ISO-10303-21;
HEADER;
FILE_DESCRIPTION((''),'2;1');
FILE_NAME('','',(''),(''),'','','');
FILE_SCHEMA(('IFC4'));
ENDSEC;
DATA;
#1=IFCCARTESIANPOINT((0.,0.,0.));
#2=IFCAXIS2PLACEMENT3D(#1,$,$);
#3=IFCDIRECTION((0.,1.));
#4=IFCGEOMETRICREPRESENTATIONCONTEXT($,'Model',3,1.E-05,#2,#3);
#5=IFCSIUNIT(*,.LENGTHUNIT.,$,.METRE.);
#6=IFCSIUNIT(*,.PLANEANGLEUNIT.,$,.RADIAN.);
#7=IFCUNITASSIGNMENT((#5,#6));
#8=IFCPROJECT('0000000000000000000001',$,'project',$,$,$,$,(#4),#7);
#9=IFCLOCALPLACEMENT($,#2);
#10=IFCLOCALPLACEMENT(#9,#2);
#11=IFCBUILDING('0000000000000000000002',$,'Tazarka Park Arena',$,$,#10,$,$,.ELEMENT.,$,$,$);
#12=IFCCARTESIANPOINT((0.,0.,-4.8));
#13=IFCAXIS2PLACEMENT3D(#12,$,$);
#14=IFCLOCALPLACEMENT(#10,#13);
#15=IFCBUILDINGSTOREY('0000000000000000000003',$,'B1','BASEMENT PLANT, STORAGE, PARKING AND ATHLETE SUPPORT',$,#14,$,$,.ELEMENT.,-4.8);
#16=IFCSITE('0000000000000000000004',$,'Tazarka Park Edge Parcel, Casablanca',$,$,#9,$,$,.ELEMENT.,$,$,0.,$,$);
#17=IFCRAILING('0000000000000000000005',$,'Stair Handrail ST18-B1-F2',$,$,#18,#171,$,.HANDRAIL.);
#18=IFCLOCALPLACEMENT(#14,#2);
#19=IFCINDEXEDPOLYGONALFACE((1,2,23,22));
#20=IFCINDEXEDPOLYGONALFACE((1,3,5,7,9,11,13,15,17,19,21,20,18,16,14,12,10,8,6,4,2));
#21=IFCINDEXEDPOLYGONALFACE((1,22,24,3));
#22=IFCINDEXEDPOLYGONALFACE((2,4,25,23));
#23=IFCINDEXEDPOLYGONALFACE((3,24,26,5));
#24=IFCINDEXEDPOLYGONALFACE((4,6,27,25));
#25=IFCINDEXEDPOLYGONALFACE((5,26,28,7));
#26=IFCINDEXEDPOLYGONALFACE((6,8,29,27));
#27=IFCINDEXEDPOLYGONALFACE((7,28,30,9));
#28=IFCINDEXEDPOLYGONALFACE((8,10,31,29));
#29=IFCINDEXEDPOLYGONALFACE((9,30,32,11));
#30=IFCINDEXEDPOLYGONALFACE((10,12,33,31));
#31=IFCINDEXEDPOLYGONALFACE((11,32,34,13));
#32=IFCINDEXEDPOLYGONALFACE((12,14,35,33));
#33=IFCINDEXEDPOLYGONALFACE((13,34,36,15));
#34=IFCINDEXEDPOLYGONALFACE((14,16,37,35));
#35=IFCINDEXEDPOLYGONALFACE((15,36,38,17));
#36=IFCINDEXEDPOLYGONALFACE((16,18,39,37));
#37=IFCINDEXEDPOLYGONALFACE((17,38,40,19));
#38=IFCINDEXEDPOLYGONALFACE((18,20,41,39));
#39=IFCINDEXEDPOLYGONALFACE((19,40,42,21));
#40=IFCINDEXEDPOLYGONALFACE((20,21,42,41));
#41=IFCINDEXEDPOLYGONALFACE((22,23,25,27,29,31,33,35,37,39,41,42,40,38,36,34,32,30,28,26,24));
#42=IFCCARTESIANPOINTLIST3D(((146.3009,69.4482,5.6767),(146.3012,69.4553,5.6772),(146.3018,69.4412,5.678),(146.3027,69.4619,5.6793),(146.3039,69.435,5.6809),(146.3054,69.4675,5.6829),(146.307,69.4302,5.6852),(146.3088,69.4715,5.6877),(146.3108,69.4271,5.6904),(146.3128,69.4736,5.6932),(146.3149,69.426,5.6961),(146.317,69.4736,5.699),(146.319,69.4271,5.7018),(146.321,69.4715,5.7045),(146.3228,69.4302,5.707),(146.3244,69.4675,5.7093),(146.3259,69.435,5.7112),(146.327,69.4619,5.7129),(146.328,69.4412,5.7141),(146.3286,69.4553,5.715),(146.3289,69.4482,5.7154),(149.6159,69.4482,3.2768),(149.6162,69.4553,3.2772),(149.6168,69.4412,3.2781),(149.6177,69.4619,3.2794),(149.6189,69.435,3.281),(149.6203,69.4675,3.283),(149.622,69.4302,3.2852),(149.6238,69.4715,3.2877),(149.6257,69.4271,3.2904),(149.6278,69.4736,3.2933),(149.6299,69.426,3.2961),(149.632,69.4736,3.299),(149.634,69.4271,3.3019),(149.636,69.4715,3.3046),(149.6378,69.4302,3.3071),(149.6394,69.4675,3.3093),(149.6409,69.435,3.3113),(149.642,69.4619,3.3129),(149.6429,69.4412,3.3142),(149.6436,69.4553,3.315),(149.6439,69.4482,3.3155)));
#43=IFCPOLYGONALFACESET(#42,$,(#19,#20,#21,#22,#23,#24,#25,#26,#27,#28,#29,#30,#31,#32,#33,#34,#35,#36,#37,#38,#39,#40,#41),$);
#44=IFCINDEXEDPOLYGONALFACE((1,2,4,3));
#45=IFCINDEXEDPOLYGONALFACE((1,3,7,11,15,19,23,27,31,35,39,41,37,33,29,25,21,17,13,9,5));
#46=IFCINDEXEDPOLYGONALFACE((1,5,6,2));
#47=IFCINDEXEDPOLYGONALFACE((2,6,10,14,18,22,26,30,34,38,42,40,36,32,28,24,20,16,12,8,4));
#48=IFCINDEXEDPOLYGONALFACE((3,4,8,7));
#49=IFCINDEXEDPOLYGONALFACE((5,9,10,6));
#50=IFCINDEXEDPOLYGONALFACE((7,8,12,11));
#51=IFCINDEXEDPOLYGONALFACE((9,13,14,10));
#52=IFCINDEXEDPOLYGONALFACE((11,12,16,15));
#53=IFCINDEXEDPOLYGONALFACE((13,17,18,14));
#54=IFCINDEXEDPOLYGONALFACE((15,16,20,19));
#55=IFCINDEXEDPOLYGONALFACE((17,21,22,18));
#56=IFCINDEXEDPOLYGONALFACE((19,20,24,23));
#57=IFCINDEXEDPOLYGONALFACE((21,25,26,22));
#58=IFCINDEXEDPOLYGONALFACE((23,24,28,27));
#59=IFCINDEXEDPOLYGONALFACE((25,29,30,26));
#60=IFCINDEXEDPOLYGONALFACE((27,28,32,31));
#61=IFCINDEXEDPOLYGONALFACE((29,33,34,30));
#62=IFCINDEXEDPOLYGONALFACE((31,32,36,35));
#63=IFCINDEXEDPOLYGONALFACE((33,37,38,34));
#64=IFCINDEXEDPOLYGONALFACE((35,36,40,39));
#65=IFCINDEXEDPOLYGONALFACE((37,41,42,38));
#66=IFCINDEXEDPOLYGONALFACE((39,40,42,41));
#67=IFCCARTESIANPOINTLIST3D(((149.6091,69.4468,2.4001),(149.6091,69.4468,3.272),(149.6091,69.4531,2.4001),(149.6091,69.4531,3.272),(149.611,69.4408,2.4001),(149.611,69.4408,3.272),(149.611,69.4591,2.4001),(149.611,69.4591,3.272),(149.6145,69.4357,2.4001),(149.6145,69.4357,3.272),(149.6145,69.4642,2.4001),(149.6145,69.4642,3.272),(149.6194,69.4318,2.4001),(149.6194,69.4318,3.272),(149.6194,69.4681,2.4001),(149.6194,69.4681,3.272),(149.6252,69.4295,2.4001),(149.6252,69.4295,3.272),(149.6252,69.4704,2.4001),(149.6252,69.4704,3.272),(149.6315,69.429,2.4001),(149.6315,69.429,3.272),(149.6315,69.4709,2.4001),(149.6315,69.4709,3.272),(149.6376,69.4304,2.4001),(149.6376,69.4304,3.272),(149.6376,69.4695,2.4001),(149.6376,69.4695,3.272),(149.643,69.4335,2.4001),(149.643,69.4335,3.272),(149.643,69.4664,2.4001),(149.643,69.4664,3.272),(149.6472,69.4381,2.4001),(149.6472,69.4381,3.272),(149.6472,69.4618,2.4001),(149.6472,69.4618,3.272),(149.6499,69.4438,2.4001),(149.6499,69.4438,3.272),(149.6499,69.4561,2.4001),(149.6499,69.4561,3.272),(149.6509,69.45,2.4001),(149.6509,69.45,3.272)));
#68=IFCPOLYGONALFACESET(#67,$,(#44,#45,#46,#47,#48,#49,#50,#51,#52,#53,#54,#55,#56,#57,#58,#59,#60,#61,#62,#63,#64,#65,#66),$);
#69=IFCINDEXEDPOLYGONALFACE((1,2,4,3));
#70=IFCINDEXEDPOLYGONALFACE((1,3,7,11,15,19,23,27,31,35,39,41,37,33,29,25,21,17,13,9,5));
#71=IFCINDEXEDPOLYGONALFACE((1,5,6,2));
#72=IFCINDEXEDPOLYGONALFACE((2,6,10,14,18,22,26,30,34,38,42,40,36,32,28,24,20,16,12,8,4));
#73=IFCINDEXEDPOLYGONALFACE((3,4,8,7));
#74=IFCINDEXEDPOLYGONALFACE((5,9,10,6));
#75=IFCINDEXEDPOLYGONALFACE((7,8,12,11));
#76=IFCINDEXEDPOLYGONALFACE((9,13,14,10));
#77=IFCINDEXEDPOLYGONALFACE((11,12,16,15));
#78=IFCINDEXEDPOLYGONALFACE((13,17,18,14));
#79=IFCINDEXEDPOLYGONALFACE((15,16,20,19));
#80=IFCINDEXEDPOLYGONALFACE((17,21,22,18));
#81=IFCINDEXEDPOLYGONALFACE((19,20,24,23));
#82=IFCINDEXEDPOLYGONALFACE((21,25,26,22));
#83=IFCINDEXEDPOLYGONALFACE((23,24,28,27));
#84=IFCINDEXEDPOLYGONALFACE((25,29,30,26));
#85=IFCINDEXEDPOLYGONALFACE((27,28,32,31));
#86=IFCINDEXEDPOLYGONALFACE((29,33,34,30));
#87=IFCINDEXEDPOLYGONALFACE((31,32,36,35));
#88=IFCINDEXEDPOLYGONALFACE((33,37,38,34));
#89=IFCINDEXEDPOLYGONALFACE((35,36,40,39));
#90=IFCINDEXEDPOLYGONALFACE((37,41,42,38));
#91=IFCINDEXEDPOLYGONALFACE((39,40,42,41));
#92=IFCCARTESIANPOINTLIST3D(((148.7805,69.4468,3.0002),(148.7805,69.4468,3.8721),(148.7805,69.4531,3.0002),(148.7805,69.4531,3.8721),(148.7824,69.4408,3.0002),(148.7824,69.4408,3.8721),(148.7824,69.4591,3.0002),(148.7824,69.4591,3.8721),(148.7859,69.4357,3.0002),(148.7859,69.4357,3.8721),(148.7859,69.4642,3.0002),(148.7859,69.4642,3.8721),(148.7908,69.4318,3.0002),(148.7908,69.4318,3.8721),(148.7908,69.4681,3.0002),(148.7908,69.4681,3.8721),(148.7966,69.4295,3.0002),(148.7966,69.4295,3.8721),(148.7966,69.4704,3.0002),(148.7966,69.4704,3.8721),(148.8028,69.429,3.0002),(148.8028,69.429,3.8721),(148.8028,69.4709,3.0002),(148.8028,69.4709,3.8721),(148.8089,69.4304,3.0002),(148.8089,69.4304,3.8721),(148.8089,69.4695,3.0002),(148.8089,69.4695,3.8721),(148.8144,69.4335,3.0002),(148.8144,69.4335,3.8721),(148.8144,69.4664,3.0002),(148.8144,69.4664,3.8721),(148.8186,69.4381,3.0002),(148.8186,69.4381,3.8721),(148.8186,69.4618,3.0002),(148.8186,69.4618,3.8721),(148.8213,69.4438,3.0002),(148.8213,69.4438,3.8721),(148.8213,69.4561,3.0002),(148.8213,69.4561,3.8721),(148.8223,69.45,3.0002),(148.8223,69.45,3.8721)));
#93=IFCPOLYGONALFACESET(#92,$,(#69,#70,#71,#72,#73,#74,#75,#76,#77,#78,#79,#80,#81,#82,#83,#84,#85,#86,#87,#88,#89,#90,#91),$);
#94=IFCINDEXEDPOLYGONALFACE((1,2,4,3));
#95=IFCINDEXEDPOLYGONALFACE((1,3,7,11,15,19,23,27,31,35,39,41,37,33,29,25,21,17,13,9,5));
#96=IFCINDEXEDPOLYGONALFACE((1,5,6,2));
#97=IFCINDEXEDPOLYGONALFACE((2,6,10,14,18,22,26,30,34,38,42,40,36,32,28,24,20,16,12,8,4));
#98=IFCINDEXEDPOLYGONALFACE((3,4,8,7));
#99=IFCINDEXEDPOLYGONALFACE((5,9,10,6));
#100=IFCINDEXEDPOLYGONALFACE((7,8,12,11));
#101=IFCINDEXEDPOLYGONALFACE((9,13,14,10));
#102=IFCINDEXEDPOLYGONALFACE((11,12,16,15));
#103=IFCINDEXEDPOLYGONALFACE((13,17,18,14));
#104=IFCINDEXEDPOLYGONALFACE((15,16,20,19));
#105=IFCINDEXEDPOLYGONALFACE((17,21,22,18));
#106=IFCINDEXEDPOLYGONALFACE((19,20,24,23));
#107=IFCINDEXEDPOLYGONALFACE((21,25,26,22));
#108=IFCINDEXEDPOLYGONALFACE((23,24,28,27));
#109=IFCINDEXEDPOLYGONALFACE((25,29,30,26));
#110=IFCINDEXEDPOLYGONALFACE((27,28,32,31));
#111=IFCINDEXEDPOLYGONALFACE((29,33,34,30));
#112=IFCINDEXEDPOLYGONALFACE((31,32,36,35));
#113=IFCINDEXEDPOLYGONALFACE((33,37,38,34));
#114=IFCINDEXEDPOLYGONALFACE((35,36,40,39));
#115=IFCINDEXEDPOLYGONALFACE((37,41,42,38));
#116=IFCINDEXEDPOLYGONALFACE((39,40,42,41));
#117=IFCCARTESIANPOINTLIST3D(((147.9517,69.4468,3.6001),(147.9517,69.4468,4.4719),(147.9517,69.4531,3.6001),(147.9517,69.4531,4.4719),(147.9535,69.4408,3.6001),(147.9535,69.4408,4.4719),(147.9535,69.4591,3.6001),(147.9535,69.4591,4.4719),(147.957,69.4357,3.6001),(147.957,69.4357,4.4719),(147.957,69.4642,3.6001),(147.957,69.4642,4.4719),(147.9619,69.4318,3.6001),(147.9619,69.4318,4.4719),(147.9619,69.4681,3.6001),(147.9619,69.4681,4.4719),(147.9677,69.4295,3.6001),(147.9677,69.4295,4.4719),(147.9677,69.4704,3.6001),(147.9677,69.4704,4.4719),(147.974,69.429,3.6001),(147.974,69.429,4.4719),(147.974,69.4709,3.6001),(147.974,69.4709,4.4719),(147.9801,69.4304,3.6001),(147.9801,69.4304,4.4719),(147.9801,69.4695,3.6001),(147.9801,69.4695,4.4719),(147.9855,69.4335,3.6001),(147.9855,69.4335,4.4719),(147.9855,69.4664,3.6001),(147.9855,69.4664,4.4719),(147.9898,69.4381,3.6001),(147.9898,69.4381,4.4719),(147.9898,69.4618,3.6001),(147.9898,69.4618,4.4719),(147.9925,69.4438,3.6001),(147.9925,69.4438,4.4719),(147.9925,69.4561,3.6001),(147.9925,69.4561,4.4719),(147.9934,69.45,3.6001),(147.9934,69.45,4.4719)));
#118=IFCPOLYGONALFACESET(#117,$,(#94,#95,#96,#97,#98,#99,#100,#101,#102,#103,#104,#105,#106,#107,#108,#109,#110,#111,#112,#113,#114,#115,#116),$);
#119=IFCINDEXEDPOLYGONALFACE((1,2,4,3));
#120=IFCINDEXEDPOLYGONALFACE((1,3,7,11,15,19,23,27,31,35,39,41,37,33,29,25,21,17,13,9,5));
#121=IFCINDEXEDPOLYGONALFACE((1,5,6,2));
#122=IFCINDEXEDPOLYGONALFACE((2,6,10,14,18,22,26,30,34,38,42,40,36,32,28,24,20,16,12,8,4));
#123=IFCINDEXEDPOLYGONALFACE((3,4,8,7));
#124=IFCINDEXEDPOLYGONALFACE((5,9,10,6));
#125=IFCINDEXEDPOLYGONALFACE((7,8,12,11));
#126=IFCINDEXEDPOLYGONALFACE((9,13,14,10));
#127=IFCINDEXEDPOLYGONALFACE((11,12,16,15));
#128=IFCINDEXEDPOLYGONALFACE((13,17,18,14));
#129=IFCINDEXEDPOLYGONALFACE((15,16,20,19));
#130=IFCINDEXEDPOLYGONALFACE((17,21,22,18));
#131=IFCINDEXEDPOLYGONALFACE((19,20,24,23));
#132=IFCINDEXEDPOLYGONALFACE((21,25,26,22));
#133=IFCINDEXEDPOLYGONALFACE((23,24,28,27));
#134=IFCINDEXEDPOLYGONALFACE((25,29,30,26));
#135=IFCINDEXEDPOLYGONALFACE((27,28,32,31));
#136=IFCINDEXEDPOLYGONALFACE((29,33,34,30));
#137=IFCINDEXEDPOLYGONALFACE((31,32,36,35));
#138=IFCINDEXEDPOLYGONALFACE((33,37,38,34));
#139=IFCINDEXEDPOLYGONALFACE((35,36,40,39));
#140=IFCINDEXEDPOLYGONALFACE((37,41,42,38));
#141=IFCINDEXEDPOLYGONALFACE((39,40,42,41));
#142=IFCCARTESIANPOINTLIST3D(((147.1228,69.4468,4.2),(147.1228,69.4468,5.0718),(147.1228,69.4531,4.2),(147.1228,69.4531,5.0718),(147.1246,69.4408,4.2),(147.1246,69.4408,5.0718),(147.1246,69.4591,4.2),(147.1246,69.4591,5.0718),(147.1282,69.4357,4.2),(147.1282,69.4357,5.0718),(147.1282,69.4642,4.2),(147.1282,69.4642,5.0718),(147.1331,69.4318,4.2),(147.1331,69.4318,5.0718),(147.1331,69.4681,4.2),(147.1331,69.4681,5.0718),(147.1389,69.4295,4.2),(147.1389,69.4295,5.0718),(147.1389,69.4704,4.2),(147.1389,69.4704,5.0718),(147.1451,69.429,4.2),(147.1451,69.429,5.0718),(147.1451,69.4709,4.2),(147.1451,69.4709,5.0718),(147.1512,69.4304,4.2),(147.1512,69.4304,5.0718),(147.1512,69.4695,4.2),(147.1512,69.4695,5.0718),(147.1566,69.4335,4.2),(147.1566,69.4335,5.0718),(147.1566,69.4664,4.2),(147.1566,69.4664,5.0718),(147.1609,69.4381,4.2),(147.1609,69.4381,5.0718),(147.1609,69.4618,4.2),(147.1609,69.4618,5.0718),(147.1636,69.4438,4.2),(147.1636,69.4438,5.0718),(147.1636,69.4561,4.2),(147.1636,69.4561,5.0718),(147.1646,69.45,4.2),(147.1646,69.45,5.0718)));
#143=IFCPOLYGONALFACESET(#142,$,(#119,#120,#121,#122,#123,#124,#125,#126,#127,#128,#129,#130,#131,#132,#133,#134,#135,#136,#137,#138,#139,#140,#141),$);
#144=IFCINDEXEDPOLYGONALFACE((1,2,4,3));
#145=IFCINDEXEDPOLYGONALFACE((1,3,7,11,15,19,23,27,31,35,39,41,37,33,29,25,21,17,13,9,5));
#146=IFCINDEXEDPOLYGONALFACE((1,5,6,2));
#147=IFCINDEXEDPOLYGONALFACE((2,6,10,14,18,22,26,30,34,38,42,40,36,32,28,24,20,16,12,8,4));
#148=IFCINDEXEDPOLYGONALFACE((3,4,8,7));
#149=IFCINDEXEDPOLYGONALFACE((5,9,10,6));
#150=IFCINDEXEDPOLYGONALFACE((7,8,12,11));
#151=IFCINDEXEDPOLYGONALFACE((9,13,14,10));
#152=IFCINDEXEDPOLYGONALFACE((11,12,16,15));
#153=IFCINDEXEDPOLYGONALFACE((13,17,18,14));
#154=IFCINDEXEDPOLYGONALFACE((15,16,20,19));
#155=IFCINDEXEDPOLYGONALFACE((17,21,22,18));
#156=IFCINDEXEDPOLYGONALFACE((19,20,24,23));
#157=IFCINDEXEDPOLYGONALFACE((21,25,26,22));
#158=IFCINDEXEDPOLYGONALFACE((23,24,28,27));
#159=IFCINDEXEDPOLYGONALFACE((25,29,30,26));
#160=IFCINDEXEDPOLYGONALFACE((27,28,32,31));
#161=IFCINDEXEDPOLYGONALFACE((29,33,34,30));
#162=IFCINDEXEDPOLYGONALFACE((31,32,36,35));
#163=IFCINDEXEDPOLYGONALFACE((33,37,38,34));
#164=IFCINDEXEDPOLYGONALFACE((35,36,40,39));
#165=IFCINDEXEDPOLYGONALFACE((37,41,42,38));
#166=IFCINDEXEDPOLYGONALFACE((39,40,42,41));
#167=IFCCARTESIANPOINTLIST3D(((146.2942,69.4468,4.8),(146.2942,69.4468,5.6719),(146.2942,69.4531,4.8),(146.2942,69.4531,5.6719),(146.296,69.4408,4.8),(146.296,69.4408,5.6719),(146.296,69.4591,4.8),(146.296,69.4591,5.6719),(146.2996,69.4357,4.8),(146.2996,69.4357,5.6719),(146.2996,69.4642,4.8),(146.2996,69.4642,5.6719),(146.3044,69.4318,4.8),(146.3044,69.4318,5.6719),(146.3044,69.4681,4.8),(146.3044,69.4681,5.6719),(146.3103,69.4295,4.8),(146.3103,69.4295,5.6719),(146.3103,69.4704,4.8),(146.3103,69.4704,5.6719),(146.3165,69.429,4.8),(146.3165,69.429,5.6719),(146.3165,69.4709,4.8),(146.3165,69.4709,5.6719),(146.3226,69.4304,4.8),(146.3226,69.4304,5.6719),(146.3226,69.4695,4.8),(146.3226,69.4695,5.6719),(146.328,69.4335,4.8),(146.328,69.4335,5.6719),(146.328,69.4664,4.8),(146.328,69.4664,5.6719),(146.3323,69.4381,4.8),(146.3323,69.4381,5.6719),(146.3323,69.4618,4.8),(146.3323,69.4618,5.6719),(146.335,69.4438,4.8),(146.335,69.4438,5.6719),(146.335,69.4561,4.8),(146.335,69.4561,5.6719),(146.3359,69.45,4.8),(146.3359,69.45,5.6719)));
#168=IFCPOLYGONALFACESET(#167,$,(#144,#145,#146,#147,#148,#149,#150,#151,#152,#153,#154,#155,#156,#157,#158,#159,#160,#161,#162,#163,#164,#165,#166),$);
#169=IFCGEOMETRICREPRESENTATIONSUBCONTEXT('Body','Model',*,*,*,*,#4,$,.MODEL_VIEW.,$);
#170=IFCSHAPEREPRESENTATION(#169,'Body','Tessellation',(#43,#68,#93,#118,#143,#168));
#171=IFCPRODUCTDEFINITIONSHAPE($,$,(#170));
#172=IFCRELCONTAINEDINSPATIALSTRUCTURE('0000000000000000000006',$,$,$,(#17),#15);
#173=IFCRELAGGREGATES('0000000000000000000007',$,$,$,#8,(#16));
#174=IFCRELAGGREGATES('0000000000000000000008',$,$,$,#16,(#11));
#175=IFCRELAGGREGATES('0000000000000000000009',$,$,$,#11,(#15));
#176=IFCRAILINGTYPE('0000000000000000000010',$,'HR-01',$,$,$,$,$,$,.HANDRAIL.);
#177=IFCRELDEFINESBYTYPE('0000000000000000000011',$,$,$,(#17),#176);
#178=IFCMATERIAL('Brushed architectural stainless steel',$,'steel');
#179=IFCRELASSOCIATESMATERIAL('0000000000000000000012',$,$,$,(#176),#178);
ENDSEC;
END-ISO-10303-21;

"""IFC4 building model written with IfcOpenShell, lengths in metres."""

from ifc_helpers import new_model, si_unit, direction, frame, origin, origin_2d, place, context, subcontext, project, spatial, circle, extrude, material, type_object, element, save


model = new_model("IFC4")

# Units and contexts
model_context = context("Model", 3, precision=1e-05, world=origin(), true_north=direction((0.0, 1.0)))
body_context = subcontext(model_context, "Body", "Model", "MODEL_VIEW")
ifc_project = project(units=[si_unit("LENGTHUNIT", "METRE"), si_unit("PLANEANGLEUNIT", "RADIAN")], contexts=[model_context])

# Site, building, storey
site_placement = place(None, origin())
site = spatial("IfcSite", under=ifc_project, at=site_placement, Name="Tazarka Park Edge Parcel, Casablanca", CompositionType="ELEMENT", RefElevation=0.0)
building_placement = place(site_placement, origin())
building = spatial("IfcBuilding", under=site, at=building_placement, Name="Tazarka Park Arena", CompositionType="ELEMENT")
storey_placement = place(building_placement, frame((0.0, 0.0, -4.8)))
storey = spatial("IfcBuildingStorey", under=building, at=storey_placement, Name="B1", Description="BASEMENT PLANT, STORAGE, PARKING AND ATHLETE SUPPORT", CompositionType="ELEMENT", Elevation=-4.8)

# Railing
ifc_material_1 = material(Name="Brushed architectural stainless steel", Category="steel")
railing_type_1 = type_object("IfcRailingType", Name="HR-01", PredefinedType="HANDRAIL", material=ifc_material_1)
railing_1_placement = place(storey_placement, frame((149.6299, 69.45, 2.4001)))
element("IfcRailing", 1, at=railing_1_placement, inside=storey, type_object=railing_type_1, Name="Stair Handrail ST18-B1-F2", PredefinedType="HANDRAIL", context=body_context, shape_type="SweptSolid", body=[
    extrude(circle(Radius=0.0239, at=origin_2d()), frame((0.0, 0.0, 0.896), z_axis=(-0.810009, 0.0, 0.586418), x_axis=(0.0, -1.0, 0.0)), (0.0, 0.0, 1.0), 4.0925),
    extrude(circle(Radius=0.021, at=origin_2d()), origin(), (0.0, 0.0, 1.0), 0.8718),
    extrude(circle(Radius=0.021, at=origin_2d()), frame((-0.8286, 0.0, 0.6001)), (0.0, 0.0, 1.0), 0.8718),
    extrude(circle(Radius=0.021, at=origin_2d()), frame((-1.6575, 0.0, 1.2)), (0.0, 0.0, 1.0), 0.8718),
    extrude(circle(Radius=0.021, at=origin_2d()), frame((-2.4863, 0.0, 1.7998)), (0.0, 0.0, 1.0), 0.8718),
    extrude(circle(Radius=0.021, at=origin_2d()), frame((-3.3149, 0.0, 2.3999)), (0.0, 0.0, 1.0), 0.8718),
])

save(model, "model.ifc")
